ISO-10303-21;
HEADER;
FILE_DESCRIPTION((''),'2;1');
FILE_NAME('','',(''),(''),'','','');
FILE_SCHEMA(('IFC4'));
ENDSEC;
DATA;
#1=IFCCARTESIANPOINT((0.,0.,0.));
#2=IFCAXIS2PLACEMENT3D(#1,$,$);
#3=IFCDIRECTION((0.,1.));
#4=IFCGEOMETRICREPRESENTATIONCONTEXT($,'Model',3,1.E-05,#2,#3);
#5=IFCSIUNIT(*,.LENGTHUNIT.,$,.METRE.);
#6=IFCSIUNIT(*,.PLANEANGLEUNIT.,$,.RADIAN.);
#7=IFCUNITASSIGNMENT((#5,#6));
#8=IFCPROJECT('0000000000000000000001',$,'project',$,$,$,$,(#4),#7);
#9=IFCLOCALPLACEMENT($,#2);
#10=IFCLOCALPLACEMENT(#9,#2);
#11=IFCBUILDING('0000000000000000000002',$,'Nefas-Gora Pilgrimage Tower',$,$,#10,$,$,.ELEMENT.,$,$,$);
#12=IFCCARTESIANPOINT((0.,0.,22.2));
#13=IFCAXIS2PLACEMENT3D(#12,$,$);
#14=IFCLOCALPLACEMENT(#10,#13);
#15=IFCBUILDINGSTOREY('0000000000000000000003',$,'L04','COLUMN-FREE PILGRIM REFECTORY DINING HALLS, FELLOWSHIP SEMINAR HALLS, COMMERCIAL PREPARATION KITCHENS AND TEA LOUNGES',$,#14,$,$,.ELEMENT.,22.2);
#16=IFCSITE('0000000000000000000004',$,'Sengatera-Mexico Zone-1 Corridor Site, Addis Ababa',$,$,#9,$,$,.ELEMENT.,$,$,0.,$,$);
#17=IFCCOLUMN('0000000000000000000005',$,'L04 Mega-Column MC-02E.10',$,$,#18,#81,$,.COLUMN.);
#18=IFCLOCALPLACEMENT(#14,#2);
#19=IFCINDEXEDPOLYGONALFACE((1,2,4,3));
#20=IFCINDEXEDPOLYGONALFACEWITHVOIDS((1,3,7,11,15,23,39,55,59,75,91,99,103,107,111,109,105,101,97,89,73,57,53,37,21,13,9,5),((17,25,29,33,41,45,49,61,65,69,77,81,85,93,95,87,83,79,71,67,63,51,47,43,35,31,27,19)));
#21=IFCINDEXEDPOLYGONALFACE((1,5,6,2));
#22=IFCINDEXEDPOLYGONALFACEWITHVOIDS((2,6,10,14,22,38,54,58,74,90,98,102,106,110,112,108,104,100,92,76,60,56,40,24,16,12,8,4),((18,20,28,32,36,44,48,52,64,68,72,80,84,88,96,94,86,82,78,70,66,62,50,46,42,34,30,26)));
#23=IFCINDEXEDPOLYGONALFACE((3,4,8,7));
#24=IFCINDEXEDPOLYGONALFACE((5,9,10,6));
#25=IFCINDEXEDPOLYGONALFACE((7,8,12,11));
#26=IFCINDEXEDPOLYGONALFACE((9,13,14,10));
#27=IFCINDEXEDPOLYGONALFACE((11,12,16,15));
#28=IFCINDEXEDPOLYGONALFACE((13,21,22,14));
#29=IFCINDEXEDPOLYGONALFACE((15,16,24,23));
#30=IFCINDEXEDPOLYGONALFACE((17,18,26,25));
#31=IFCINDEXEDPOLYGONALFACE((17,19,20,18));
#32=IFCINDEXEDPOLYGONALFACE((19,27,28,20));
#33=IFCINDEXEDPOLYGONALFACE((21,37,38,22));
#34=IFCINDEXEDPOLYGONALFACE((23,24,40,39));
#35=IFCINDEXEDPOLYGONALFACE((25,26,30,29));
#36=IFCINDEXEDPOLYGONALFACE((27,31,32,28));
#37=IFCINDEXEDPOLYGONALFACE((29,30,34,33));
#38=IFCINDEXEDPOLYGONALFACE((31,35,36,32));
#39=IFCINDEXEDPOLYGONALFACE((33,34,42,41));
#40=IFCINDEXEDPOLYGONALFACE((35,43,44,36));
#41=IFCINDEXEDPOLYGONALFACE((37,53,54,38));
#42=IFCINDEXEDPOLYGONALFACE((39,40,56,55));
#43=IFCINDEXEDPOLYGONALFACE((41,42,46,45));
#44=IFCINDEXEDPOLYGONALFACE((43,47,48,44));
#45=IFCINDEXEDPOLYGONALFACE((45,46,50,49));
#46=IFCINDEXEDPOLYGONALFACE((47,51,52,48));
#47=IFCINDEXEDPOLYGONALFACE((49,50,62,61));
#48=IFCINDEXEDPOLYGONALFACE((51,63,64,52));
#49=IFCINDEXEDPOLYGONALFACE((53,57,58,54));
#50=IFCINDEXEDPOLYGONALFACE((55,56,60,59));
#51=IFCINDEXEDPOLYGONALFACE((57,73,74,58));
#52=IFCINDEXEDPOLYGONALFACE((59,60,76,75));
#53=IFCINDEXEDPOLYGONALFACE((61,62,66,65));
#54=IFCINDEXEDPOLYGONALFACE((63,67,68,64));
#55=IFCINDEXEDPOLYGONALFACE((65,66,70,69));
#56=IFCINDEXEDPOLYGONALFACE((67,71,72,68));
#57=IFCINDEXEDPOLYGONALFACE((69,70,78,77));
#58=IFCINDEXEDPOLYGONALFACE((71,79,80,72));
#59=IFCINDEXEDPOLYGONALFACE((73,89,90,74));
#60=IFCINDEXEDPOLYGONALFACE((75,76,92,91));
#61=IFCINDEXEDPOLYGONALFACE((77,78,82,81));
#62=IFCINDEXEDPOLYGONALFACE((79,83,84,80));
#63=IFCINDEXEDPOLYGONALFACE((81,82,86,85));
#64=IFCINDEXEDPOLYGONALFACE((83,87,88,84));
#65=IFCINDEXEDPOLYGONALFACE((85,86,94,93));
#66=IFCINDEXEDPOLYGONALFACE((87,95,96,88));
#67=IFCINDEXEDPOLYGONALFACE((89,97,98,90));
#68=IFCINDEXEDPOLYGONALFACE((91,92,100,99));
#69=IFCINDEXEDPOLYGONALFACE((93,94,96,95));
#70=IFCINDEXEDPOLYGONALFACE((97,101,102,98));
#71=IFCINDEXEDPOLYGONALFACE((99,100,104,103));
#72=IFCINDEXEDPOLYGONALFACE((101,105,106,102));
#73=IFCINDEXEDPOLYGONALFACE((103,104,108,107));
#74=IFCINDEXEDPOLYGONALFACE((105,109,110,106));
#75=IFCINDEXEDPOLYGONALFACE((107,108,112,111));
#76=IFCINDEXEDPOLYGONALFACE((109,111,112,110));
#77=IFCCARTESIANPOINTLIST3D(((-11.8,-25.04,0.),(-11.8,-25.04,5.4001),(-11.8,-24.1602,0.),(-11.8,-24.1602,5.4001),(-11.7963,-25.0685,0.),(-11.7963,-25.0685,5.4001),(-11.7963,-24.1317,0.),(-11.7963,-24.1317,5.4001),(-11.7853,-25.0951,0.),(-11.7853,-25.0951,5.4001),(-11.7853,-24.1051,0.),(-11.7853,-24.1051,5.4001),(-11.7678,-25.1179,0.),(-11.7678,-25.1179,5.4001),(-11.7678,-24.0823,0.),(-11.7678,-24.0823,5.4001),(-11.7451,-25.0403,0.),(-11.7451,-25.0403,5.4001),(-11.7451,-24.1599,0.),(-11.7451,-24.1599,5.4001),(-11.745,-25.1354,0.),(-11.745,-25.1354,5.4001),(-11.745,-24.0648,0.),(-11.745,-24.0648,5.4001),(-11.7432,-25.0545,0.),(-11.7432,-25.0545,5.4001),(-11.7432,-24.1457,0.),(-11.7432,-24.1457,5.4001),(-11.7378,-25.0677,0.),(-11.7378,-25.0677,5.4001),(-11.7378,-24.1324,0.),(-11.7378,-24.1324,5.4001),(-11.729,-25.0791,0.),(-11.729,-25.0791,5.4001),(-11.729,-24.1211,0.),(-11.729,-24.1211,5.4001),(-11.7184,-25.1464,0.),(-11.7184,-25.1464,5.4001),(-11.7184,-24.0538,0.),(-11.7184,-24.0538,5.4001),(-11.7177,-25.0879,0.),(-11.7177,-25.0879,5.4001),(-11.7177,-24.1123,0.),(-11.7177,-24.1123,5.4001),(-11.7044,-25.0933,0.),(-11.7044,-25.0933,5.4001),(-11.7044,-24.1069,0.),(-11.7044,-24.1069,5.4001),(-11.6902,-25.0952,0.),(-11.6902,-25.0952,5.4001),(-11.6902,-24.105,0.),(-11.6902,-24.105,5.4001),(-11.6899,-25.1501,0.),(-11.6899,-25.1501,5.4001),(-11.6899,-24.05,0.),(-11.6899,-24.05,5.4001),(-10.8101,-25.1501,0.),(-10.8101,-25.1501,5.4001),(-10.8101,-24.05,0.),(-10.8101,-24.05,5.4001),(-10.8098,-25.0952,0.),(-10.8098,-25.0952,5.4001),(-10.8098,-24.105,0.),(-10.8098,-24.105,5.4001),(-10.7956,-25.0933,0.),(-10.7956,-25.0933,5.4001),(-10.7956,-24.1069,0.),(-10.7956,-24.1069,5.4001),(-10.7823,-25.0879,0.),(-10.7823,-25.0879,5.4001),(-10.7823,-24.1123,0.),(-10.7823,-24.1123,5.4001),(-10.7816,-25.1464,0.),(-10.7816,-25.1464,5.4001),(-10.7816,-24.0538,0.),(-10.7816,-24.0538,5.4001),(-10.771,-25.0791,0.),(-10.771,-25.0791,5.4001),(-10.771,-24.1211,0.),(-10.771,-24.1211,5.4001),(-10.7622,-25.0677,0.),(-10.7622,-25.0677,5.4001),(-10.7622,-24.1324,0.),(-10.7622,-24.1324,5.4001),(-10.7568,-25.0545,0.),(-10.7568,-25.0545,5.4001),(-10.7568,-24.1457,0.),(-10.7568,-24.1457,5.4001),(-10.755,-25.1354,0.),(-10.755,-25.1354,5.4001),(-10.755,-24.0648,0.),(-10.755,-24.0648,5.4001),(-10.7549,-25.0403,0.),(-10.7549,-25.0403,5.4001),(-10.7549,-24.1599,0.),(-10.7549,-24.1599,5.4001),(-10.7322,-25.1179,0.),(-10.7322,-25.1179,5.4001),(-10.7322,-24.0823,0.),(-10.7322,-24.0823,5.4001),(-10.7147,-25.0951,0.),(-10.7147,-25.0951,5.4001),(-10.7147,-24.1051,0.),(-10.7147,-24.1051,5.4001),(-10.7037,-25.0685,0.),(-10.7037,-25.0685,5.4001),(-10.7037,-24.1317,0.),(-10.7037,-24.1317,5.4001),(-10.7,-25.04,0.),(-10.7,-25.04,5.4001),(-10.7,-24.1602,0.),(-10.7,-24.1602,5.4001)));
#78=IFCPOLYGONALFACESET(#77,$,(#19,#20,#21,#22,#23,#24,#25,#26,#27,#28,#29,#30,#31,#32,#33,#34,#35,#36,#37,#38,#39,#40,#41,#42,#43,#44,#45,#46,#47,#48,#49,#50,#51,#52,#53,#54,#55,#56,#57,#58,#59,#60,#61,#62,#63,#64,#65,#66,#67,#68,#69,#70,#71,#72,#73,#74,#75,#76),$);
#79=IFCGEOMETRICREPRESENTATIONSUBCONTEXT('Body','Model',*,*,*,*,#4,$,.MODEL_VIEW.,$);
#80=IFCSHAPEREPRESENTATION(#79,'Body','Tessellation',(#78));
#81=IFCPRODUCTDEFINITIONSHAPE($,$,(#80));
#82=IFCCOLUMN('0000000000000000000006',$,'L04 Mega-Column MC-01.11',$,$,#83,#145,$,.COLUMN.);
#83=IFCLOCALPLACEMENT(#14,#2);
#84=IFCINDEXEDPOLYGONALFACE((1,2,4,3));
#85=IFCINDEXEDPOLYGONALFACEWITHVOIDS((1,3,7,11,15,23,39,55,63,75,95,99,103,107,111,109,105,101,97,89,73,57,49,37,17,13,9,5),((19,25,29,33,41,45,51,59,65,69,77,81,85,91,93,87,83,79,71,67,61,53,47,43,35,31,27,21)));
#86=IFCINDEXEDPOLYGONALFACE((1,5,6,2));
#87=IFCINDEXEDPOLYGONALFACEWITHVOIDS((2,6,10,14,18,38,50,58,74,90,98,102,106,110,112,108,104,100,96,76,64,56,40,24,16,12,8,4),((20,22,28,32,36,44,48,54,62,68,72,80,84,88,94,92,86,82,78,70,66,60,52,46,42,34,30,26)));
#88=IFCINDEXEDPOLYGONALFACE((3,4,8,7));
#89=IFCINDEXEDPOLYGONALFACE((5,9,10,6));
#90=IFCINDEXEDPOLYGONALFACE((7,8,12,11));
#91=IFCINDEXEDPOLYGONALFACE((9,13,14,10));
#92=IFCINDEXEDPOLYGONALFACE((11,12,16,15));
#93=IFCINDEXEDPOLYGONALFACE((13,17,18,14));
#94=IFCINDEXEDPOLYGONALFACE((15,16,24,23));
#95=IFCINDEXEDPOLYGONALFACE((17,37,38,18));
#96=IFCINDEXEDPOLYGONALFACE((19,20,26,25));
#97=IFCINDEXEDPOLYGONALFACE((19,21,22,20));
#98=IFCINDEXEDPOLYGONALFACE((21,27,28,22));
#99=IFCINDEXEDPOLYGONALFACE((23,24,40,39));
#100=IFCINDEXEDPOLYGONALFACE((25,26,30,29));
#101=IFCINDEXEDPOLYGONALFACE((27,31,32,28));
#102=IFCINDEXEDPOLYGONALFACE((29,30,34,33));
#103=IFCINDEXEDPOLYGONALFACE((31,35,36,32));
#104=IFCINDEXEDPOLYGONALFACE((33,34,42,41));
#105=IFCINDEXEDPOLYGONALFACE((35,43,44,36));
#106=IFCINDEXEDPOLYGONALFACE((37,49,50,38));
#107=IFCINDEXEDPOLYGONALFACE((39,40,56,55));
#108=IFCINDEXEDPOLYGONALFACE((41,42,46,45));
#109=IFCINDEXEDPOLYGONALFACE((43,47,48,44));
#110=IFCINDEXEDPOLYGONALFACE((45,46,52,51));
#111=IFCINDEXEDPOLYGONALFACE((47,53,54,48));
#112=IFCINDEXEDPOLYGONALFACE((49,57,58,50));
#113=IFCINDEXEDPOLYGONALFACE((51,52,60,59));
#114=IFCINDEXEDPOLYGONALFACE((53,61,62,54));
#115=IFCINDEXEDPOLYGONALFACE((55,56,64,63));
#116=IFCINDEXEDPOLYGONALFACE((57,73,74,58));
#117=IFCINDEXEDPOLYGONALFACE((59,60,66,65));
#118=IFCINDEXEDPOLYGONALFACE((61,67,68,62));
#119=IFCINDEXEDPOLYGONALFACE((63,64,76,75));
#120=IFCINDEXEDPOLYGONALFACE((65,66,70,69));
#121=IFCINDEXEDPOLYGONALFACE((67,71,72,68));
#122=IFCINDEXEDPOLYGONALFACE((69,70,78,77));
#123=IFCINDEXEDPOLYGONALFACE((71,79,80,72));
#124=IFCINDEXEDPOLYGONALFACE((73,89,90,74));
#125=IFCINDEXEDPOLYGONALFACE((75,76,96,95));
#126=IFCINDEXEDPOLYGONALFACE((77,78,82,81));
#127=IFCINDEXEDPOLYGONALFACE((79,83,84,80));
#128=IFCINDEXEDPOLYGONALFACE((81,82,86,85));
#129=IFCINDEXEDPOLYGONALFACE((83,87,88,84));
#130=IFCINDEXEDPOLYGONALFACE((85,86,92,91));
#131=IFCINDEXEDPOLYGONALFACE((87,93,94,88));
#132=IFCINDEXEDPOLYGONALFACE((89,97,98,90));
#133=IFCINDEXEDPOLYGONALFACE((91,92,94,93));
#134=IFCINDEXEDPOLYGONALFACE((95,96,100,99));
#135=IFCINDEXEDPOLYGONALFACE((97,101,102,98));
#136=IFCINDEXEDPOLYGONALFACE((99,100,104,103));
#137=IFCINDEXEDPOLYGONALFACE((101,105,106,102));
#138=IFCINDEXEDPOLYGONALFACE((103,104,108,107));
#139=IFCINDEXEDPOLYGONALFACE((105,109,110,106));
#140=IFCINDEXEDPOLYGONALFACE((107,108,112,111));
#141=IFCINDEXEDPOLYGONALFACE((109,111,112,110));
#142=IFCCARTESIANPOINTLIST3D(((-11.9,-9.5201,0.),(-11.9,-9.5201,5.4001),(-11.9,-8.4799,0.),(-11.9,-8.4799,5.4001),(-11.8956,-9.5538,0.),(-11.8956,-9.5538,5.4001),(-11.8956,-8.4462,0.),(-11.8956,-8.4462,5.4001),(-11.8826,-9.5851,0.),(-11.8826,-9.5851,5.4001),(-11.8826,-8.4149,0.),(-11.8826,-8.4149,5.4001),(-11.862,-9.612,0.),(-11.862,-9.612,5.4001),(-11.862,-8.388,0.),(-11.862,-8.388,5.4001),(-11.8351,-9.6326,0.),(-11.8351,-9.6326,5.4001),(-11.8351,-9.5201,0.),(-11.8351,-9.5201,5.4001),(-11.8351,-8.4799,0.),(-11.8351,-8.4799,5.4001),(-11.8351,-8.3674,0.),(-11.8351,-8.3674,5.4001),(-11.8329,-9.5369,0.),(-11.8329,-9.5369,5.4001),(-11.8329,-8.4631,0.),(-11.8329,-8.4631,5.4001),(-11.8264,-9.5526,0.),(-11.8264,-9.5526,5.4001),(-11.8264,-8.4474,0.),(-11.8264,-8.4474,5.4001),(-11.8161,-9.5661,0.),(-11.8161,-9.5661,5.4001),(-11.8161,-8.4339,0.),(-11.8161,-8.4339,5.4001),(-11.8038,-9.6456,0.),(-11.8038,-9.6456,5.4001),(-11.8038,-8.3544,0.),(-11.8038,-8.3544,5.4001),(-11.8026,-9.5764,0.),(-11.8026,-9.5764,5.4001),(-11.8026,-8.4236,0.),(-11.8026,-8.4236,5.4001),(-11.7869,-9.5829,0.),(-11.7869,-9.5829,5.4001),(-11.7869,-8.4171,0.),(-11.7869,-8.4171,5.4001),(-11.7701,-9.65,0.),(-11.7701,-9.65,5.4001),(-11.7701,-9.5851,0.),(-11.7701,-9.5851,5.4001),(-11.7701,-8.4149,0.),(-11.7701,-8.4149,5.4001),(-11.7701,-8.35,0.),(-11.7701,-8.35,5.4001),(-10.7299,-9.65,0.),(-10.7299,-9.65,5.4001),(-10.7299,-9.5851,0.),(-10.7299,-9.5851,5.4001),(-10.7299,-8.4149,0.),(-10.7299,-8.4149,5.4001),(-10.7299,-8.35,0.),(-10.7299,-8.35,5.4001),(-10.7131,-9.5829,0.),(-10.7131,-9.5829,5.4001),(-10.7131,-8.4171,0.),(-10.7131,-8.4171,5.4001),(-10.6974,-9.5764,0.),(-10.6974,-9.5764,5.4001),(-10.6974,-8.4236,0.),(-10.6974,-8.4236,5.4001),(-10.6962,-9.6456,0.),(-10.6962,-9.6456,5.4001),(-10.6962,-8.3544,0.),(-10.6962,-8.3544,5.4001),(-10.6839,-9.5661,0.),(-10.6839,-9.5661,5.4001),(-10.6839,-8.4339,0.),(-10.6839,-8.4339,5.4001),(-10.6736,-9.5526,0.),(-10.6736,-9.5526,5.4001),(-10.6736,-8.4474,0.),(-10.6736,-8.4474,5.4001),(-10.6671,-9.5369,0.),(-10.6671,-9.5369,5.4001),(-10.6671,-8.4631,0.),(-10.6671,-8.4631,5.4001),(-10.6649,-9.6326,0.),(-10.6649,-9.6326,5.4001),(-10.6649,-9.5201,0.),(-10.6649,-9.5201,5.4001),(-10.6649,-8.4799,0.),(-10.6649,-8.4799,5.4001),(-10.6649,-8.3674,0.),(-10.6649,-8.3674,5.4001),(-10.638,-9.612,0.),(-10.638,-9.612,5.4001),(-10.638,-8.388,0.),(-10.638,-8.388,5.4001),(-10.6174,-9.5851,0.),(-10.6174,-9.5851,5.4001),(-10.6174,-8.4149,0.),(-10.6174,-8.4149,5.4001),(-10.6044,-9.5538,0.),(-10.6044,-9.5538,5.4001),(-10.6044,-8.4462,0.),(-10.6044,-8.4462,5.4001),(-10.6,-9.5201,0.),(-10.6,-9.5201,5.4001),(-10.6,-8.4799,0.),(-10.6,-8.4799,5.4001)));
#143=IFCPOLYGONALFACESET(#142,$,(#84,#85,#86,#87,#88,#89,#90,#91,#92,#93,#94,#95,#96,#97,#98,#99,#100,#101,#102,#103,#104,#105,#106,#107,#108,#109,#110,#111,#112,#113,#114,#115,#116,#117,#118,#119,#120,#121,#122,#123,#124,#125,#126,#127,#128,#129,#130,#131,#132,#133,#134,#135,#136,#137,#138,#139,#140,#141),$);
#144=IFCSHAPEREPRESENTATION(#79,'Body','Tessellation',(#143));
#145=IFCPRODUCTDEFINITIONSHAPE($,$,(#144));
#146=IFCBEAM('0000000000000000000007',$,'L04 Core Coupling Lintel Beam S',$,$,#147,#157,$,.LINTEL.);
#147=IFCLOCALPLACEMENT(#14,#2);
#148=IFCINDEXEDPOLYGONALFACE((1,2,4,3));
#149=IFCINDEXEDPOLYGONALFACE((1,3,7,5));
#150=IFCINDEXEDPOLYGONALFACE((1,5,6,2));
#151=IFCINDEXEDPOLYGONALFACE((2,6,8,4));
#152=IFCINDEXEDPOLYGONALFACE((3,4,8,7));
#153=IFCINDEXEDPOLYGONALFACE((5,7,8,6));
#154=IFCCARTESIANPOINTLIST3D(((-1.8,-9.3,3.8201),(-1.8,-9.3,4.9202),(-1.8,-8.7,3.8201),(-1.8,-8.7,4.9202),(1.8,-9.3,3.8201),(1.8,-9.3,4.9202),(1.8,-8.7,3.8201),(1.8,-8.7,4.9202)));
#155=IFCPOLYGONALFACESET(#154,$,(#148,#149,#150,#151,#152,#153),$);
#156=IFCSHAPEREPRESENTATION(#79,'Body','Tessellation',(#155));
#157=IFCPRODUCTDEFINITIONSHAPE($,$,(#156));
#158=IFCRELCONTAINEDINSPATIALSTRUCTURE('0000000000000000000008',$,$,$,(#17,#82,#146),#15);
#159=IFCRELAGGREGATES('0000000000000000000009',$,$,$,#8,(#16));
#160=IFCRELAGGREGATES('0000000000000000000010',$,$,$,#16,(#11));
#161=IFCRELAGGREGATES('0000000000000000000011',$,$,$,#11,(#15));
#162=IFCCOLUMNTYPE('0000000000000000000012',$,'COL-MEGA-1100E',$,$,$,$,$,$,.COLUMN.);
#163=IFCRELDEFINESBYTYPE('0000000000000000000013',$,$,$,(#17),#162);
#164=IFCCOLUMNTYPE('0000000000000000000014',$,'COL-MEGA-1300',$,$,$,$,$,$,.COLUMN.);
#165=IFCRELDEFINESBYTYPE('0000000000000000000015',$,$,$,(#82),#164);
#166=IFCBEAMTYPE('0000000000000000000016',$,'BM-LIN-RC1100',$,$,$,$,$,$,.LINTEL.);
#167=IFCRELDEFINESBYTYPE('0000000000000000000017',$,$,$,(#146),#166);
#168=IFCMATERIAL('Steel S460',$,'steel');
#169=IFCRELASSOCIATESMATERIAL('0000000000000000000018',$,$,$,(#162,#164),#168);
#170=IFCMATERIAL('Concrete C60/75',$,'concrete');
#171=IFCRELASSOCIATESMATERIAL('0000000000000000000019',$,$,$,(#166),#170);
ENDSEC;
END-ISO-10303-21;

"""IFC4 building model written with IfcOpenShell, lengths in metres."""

from ifc_helpers import new_model, si_unit, direction, frame, origin, origin_2d, place, context, subcontext, project, spatial, rectangle, hollow_rectangle, extrude, source, transform, mapped, material, material_profile, profile_set, type_object, element, save


model = new_model("IFC4")

# Units and contexts
model_context = context("Model", 3, precision=1e-05, world=origin(), true_north=direction((0.0, 1.0)))
body_context = subcontext(model_context, "Body", "Model", "MODEL_VIEW")
ifc_project = project(units=[si_unit("LENGTHUNIT", "METRE"), si_unit("PLANEANGLEUNIT", "RADIAN")], contexts=[model_context])

# Site, building, storey
site_placement = place(None, origin())
site = spatial("IfcSite", under=ifc_project, at=site_placement, Name="Sengatera-Mexico Zone-1 Corridor Site, Addis Ababa", CompositionType="ELEMENT", RefElevation=0.0)
building_placement = place(site_placement, origin())
building = spatial("IfcBuilding", under=site, at=building_placement, Name="Nefas-Gora Pilgrimage Tower", CompositionType="ELEMENT")
storey_placement = place(building_placement, frame((0.0, 0.0, 22.2)))
storey = spatial("IfcBuildingStorey", under=building, at=storey_placement, Name="L04", Description="COLUMN-FREE PILGRIM REFECTORY DINING HALLS, FELLOWSHIP SEMINAR HALLS, COMMERCIAL PREPARATION KITCHENS AND TEA LOUNGES", CompositionType="ELEMENT", Elevation=22.2)

# Columns
ifc_material_1 = material(Name="Steel S460", Category="steel")
ifc_material_profile_1 = material_profile(ifc_material_1, hollow_rectangle(XDim=1.1001, YDim=1.1001, WallThickness=0.0549, InnerFilletRadius=0.0549, OuterFilletRadius=0.1101, at=origin_2d()), Name="BOX 1100x1100x55")
ifc_profile_set_1 = profile_set([ifc_material_profile_1], Name="Steel S460")
column_type_1 = type_object("IfcColumnType", Name="COL-MEGA-1100E", PredefinedType="COLUMN", material=ifc_profile_set_1)
shared_shape_1 = source(origin(), body_context, "Body", "SweptSolid", [
    extrude(hollow_rectangle(XDim=1.1001, YDim=1.1001, WallThickness=0.0549, InnerFilletRadius=0.0549, OuterFilletRadius=0.1101, at=origin_2d()), origin(), (0.0, 0.0, 1.0), 5.4001),
])
column_1_placement = place(storey_placement, frame((-11.25, -24.6001, 0.0), z_axis=(0.0, 0.0, 1.0), x_axis=(1.0, 0.0, 0.0)))
element("IfcColumn", 1, at=column_1_placement, inside=storey, type_object=column_type_1, Name="L04 Mega-Column MC-02E.10", PredefinedType="COLUMN", context=body_context, shape_type="MappedRepresentation", body=[
    mapped(shared_shape_1, transform((0.0, 0.0, 0.0), x_axis=(1.0, 0.0, 0.0), y_axis=(0.0, 1.0, 0.0), z_axis=(0.0, 0.0, 1.0), scale=1.0)),
])
ifc_material_profile_2 = material_profile(ifc_material_1, hollow_rectangle(XDim=1.3, YDim=1.3, WallThickness=0.0649, InnerFilletRadius=0.0649, OuterFilletRadius=0.1299, at=origin_2d()), Name="BOX 1300x1300x65")
ifc_profile_set_2 = profile_set([ifc_material_profile_2], Name="Steel S460")
column_type_2 = type_object("IfcColumnType", Name="COL-MEGA-1300", PredefinedType="COLUMN", material=ifc_profile_set_2)
shared_shape_2 = source(origin(), body_context, "Body", "SweptSolid", [
    extrude(hollow_rectangle(XDim=1.3, YDim=1.3, WallThickness=0.0649, InnerFilletRadius=0.0649, OuterFilletRadius=0.1299, at=origin_2d()), origin(), (0.0, 0.0, 1.0), 5.4001),
])
column_2_placement = place(storey_placement, frame((-11.25, -9.0, 0.0), z_axis=(0.0, 0.0, 1.0), x_axis=(1.0, 0.0, 0.0)))
element("IfcColumn", 2, at=column_2_placement, inside=storey, type_object=column_type_2, Name="L04 Mega-Column MC-01.11", PredefinedType="COLUMN", context=body_context, shape_type="MappedRepresentation", body=[
    mapped(shared_shape_2, transform((0.0, 0.0, 0.0), x_axis=(1.0, 0.0, 0.0), y_axis=(0.0, 1.0, 0.0), z_axis=(0.0, 0.0, 1.0), scale=1.0)),
])

# Beam
ifc_material_2 = material(Name="Concrete C60/75", Category="concrete")
ifc_material_profile_3 = material_profile(ifc_material_2, rectangle(XDim=0.6001, YDim=1.1001, at=origin_2d()), Name="RC 600x1100")
ifc_profile_set_3 = profile_set([ifc_material_profile_3], Name="Concrete C60/75")
beam_type_1 = type_object("IfcBeamType", Name="BM-LIN-RC1100", PredefinedType="LINTEL", material=ifc_profile_set_3)
shared_shape_3 = source(origin(), body_context, "Body", "SweptSolid", [
    extrude(rectangle(XDim=0.6001, YDim=1.1001, at=origin_2d()), origin(), (0.0, 0.0, 1.0), 3.6001),
])
beam_1_placement = place(storey_placement, frame((-1.8, -9.0, 4.3701), z_axis=(1.0, 0.0, 0.0), x_axis=(0.0, 1.0, 0.0)))
element("IfcBeam", 3, at=beam_1_placement, inside=storey, type_object=beam_type_1, Name="L04 Core Coupling Lintel Beam S", PredefinedType="LINTEL", context=body_context, shape_type="MappedRepresentation", body=[
    mapped(shared_shape_3, transform((0.0, 0.0, 0.0), x_axis=(1.0, 0.0, 0.0), y_axis=(0.0, 1.0, 0.0), z_axis=(0.0, 0.0, 1.0), scale=1.0)),
])

save(model, "model.ifc")
